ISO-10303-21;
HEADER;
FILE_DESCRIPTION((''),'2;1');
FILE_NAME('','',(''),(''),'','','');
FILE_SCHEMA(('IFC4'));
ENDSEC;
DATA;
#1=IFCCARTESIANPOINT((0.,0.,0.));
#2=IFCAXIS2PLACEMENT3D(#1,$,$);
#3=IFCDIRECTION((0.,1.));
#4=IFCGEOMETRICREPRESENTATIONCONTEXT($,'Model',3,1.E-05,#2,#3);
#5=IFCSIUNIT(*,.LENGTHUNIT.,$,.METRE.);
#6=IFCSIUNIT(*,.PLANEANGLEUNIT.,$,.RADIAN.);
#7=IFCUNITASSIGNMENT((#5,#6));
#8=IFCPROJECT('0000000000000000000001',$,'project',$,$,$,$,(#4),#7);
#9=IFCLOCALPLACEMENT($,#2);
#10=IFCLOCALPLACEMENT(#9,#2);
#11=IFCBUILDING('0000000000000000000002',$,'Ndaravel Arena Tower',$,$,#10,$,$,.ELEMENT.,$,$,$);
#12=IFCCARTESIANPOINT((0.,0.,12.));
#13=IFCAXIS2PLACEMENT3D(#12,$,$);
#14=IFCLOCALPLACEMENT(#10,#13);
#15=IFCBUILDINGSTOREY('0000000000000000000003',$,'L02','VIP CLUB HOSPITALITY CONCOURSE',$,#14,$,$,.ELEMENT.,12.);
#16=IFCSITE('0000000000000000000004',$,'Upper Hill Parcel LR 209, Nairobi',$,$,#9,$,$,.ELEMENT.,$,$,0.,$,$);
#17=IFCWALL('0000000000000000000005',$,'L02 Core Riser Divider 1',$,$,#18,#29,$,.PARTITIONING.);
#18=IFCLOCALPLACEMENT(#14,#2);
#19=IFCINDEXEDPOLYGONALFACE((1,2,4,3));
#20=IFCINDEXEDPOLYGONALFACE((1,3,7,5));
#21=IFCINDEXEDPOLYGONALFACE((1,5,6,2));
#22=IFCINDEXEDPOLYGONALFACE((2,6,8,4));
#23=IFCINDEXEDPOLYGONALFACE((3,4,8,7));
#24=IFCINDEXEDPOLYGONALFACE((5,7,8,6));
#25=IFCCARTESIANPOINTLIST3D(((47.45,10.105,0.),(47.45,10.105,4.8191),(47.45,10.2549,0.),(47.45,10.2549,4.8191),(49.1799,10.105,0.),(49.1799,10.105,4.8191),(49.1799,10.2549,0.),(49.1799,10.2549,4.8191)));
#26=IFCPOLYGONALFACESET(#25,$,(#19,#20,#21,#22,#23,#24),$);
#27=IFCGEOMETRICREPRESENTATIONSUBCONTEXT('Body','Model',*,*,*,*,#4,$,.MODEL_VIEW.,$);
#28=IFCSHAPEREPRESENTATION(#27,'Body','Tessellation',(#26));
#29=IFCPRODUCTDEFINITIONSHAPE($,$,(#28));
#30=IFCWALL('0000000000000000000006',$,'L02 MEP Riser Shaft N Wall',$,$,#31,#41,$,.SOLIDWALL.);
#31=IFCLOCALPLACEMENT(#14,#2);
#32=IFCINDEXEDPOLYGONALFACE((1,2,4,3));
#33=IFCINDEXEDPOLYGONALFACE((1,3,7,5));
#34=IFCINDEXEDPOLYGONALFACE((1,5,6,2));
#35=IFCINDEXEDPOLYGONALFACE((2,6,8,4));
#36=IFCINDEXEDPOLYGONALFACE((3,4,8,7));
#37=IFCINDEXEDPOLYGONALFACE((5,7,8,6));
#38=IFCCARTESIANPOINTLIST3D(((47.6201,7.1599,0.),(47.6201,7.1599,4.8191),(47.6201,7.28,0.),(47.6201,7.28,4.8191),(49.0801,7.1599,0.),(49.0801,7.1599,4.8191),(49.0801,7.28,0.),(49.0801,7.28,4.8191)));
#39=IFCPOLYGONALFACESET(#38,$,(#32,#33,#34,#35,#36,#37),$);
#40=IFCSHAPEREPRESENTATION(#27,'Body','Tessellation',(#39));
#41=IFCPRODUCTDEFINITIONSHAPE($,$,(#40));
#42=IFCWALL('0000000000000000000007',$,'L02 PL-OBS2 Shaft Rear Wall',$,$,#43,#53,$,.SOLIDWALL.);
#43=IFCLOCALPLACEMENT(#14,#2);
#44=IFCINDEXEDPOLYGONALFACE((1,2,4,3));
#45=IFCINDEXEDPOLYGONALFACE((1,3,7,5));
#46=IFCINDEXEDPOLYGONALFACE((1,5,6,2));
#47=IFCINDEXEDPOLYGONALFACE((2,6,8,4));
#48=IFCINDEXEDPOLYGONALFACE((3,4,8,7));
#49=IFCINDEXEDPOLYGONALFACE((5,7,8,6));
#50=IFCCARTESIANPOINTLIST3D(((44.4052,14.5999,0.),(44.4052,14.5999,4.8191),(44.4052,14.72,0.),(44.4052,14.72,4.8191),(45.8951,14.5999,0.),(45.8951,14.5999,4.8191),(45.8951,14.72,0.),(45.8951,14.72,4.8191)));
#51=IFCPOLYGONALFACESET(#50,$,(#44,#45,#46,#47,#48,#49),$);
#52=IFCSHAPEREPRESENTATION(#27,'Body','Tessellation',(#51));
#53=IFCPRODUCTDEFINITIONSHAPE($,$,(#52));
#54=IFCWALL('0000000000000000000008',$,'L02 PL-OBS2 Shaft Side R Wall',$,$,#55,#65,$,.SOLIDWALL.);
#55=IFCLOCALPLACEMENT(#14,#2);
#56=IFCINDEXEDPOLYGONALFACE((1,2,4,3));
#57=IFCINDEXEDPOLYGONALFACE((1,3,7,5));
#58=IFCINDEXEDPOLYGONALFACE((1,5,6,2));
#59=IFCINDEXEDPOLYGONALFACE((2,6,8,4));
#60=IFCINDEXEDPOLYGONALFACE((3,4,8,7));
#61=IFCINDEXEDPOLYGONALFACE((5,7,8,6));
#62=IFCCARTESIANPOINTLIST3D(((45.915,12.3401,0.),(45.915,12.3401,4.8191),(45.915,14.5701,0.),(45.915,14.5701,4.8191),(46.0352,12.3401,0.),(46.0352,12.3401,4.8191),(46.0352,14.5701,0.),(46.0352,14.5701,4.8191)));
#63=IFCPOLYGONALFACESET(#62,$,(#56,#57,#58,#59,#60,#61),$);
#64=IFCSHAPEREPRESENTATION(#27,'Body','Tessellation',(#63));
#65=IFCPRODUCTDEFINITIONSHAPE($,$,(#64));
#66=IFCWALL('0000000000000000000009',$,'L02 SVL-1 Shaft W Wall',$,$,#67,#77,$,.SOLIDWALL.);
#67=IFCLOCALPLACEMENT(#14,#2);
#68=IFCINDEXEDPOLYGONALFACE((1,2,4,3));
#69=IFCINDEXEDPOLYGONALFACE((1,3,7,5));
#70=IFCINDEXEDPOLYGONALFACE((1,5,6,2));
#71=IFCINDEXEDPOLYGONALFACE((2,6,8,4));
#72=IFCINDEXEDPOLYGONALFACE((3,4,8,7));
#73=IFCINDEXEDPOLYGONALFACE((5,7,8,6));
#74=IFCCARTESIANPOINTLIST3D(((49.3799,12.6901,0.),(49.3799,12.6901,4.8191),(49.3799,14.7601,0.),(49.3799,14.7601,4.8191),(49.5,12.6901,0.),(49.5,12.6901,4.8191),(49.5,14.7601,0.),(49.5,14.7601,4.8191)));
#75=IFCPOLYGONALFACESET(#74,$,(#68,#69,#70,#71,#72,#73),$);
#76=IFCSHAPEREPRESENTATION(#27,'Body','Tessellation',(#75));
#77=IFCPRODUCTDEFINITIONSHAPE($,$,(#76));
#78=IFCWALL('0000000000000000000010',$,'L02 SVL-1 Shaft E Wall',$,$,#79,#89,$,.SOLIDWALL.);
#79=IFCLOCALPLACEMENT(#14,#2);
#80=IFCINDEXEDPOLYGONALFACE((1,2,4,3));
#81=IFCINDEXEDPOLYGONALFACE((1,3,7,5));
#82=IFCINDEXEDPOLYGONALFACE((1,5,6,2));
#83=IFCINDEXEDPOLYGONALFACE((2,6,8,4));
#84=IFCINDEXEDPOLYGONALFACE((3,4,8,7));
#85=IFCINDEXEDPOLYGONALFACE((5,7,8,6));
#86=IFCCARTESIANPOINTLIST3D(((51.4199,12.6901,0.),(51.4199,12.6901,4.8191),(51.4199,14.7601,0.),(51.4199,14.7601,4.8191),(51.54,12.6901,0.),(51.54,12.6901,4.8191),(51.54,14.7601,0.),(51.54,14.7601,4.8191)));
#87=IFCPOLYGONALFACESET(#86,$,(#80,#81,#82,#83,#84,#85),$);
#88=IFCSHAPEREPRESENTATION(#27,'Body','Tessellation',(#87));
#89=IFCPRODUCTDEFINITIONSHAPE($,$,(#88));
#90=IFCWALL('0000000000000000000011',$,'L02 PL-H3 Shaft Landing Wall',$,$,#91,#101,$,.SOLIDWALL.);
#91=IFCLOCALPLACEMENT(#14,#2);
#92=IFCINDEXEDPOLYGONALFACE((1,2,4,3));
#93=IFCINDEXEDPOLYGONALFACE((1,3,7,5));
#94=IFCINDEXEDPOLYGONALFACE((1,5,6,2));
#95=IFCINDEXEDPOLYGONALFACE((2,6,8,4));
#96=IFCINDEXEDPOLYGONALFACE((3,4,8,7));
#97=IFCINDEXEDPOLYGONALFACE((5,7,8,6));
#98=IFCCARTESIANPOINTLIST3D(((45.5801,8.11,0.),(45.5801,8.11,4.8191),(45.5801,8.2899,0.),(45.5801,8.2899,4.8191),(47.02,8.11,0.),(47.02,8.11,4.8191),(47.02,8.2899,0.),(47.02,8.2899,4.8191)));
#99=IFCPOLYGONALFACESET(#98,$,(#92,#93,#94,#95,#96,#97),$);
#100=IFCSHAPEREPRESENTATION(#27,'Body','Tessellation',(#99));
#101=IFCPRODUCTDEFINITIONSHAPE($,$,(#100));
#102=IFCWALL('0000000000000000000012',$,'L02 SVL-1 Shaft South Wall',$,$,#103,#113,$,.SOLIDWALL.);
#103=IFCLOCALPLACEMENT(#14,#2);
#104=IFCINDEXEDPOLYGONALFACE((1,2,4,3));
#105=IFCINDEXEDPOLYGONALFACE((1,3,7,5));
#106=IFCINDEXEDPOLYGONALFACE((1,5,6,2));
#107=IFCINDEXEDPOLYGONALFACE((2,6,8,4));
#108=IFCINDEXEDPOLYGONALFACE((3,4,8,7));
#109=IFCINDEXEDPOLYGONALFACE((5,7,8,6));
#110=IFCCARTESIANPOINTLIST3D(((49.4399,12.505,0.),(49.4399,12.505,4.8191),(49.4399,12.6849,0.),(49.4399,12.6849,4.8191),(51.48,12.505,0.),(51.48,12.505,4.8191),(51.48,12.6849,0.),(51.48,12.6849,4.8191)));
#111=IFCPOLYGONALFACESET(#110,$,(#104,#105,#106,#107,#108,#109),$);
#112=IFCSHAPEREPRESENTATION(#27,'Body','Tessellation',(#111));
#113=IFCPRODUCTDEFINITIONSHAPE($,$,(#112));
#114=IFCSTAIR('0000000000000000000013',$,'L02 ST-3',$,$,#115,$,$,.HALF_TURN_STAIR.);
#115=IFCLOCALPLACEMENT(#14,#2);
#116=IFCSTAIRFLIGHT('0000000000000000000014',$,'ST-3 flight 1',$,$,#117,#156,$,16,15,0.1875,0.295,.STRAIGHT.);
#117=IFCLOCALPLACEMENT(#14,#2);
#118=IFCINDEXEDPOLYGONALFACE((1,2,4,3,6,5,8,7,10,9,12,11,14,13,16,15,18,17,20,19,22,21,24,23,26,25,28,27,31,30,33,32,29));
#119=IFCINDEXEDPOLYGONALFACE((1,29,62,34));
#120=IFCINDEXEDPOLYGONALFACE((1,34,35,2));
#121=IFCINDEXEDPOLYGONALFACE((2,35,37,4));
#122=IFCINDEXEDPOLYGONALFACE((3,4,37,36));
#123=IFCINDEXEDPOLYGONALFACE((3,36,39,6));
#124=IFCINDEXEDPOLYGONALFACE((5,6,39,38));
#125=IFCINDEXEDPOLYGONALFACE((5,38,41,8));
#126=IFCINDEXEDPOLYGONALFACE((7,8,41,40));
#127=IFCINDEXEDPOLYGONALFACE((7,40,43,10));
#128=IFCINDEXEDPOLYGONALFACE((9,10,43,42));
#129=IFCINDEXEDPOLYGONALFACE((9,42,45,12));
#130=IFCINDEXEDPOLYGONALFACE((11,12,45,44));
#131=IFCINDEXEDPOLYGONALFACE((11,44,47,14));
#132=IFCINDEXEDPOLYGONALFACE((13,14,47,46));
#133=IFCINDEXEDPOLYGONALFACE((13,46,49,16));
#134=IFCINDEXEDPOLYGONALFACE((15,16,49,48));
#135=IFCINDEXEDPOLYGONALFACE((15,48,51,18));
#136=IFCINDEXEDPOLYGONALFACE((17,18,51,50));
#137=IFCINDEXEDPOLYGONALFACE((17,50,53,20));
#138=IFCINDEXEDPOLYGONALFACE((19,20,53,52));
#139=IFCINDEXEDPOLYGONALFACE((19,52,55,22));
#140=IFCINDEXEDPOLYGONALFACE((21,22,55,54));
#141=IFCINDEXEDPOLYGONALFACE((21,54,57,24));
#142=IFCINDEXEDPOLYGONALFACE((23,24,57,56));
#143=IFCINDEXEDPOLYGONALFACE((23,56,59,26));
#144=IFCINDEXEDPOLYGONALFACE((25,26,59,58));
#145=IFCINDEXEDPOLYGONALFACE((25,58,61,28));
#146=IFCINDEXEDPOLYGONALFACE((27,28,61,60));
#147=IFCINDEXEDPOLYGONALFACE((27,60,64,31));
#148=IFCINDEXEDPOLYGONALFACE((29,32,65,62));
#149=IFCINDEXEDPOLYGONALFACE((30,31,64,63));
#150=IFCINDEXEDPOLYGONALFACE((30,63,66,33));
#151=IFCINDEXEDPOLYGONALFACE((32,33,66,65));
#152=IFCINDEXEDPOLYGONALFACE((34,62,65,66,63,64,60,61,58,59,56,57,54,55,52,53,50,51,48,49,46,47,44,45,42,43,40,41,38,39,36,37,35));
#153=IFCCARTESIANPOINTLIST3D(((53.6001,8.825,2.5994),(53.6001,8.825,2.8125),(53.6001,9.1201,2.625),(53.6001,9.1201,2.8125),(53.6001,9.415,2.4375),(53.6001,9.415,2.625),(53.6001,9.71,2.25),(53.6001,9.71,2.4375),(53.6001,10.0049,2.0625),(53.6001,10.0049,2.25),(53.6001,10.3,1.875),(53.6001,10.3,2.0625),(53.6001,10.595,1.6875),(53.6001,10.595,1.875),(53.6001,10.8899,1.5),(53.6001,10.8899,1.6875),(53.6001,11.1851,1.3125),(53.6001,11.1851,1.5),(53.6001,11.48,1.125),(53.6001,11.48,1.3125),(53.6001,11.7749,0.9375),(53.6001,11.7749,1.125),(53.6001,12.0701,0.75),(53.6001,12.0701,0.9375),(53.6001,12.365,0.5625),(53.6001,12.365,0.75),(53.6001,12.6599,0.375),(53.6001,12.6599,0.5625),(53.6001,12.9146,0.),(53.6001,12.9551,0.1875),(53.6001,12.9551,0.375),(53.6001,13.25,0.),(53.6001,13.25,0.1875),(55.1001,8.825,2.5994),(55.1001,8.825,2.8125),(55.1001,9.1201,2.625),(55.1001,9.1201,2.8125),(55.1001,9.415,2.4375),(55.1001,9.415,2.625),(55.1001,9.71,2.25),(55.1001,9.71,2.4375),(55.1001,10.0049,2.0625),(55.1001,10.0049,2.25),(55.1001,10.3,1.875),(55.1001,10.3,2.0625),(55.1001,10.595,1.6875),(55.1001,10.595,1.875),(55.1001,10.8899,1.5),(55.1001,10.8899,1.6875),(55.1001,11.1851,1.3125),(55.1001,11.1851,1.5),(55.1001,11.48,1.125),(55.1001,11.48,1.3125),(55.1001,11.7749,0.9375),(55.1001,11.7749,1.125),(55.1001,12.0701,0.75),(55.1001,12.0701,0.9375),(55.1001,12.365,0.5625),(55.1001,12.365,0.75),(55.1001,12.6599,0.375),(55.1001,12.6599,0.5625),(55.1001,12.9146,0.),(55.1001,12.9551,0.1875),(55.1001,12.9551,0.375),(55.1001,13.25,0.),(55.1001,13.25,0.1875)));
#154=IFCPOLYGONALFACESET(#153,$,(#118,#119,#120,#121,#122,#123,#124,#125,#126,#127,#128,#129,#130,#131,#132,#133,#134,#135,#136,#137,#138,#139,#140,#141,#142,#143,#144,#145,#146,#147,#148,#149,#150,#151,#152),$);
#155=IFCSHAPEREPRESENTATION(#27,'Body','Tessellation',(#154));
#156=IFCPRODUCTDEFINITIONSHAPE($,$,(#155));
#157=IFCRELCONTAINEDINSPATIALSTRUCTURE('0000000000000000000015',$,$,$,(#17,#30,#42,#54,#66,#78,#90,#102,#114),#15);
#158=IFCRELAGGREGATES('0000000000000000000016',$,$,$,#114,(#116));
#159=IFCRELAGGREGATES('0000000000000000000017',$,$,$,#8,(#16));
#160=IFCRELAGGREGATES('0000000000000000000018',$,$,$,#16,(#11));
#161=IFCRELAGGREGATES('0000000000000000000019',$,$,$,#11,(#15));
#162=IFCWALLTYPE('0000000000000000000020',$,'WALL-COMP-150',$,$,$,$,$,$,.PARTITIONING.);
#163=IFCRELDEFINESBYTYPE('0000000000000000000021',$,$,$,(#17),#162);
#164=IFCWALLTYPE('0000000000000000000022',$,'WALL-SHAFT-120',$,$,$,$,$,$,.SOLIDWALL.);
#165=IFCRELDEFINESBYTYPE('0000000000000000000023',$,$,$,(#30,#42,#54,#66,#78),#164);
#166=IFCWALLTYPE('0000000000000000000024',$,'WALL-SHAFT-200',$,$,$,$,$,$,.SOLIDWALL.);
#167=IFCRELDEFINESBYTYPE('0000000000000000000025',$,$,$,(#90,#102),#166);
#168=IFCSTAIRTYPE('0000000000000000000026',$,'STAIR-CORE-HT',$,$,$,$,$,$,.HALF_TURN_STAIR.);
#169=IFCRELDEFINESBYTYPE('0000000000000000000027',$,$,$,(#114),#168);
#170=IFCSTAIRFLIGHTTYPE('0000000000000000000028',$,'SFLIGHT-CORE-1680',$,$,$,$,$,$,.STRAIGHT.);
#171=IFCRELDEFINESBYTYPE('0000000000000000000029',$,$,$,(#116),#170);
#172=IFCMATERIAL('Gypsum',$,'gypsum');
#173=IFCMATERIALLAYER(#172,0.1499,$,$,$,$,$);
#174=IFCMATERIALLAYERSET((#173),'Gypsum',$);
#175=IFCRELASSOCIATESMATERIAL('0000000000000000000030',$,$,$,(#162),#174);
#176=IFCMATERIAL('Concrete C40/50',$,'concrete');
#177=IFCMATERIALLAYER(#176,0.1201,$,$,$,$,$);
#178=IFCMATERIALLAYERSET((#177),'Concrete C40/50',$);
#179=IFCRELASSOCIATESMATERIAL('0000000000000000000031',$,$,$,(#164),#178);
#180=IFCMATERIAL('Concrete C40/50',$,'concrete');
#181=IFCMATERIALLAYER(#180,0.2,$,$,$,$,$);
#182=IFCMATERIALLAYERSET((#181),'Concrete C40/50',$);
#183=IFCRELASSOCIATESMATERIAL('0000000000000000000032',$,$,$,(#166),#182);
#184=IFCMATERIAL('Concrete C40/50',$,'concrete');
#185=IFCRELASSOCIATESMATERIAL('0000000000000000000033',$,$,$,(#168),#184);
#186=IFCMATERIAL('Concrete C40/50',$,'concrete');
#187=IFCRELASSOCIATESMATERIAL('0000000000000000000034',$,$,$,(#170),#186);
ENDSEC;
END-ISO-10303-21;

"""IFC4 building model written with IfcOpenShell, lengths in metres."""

from ifc_helpers import new_model, si_unit, direction, frame, frame_2d, origin, place, context, subcontext, project, spatial, polyline, rectangle, outline, extrude, material, layer, layer_set, type_object, element, aggregate, save


model = new_model("IFC4")

# Units and contexts
model_context = context("Model", 3, precision=1e-05, world=origin(), true_north=direction((0.0, 1.0)))
body_context = subcontext(model_context, "Body", "Model", "MODEL_VIEW")
ifc_project = project(units=[si_unit("LENGTHUNIT", "METRE"), si_unit("PLANEANGLEUNIT", "RADIAN")], contexts=[model_context])

# Site, building, storey
site_placement = place(None, origin())
site = spatial("IfcSite", under=ifc_project, at=site_placement, Name="Upper Hill Parcel LR 209, Nairobi", CompositionType="ELEMENT", RefElevation=0.0)
building_placement = place(site_placement, origin())
building = spatial("IfcBuilding", under=site, at=building_placement, Name="Ndaravel Arena Tower", CompositionType="ELEMENT")
storey_placement = place(building_placement, frame((0.0, 0.0, 12.0)))
storey = spatial("IfcBuildingStorey", under=building, at=storey_placement, Name="L02", Description="VIP CLUB HOSPITALITY CONCOURSE", CompositionType="ELEMENT", Elevation=12.0)

# Walls
ifc_material_1 = material(Name="Gypsum", Category="gypsum")
ifc_layer_1 = layer(ifc_material_1, 0.1499)
ifc_layer_set_1 = layer_set([ifc_layer_1], Name="Gypsum")
wall_type_1 = type_object("IfcWallType", Name="WALL-COMP-150", PredefinedType="PARTITIONING", material=ifc_layer_set_1)
wall_1_placement = place(storey_placement, frame((47.45, 10.1799, 0.0), z_axis=(0.0, 0.0, 1.0), x_axis=(1.0, 0.0, 0.0)))
element("IfcWall", 1, at=wall_1_placement, inside=storey, type_object=wall_type_1, Name="L02 Core Riser Divider 1", PredefinedType="PARTITIONING", context=body_context, shape_type="SweptSolid", body=[
    extrude(rectangle(XDim=1.73, YDim=0.1499, at=frame_2d((0.865, 0.0))), origin(), (0.0, 0.0, 1.0), 4.8191),
])
ifc_material_2 = material(Name="Concrete C40/50", Category="concrete")
ifc_layer_2 = layer(ifc_material_2, 0.1201)
ifc_layer_set_2 = layer_set([ifc_layer_2], Name="Concrete C40/50")
wall_type_2 = type_object("IfcWallType", Name="WALL-SHAFT-120", PredefinedType="SOLIDWALL", material=ifc_layer_set_2)
wall_2_placement = place(storey_placement, frame((47.6201, 7.22, 0.0), z_axis=(0.0, 0.0, 1.0), x_axis=(1.0, 0.0, 0.0)))
element("IfcWall", 2, at=wall_2_placement, inside=storey, type_object=wall_type_2, Name="L02 MEP Riser Shaft N Wall", PredefinedType="SOLIDWALL", context=body_context, shape_type="SweptSolid", body=[
    extrude(rectangle(XDim=1.46, YDim=0.1201, at=frame_2d((0.73, 0.0))), origin(), (0.0, 0.0, 1.0), 4.8191),
])
wall_3_placement = place(storey_placement, frame((44.405, 14.6599, 0.0), z_axis=(0.0, 0.0, 1.0), x_axis=(1.0, 0.0, 0.0)))
element("IfcWall", 3, at=wall_3_placement, inside=storey, type_object=wall_type_2, Name="L02 PL-OBS2 Shaft Rear Wall", PredefinedType="SOLIDWALL", context=body_context, shape_type="SweptSolid", body=[
    extrude(rectangle(XDim=1.49, YDim=0.1201, at=frame_2d((0.7451, 0.0))), origin(), (0.0, 0.0, 1.0), 4.8191),
])
wall_4_placement = place(storey_placement, frame((45.9751, 12.3401, 0.0), z_axis=(0.0, 0.0, 1.0), x_axis=(0.0, 1.0, 0.0)))
element("IfcWall", 4, at=wall_4_placement, inside=storey, type_object=wall_type_2, Name="L02 PL-OBS2 Shaft Side R Wall", PredefinedType="SOLIDWALL", context=body_context, shape_type="SweptSolid", body=[
    extrude(rectangle(XDim=2.23, YDim=0.1201, at=frame_2d((1.115, 0.0))), origin(), (0.0, 0.0, 1.0), 4.8191),
])
for number, where, z_axis, x_axis, name in (
    (5, (49.4399, 12.6899, 0.0), (0.0, 0.0, 1.0), (0.0, 1.0, 0.0), "L02 SVL-1 Shaft W Wall"),
    (6, (51.48, 12.6899, 0.0), (0.0, 0.0, 1.0), (0.0, 1.0, 0.0), "L02 SVL-1 Shaft E Wall"),
):
    element("IfcWall", number, at=place(storey_placement, frame(where, z_axis=z_axis, x_axis=x_axis)), inside=storey, type_object=wall_type_2, Name=name, PredefinedType="SOLIDWALL", context=body_context, shape_type="SweptSolid", body=[
        extrude(rectangle(XDim=2.0701, YDim=0.1201, at=frame_2d((1.0352, 0.0))), origin(), (0.0, 0.0, 1.0), 4.8191),
    ])
ifc_material_3 = material(Name="Concrete C40/50", Category="concrete")
ifc_layer_3 = layer(ifc_material_3, 0.2)
ifc_layer_set_3 = layer_set([ifc_layer_3], Name="Concrete C40/50")
wall_type_3 = type_object("IfcWallType", Name="WALL-SHAFT-200", PredefinedType="SOLIDWALL", material=ifc_layer_set_3)
wall_5_placement = place(storey_placement, frame((45.5801, 8.2, 0.0), z_axis=(0.0, 0.0, 1.0), x_axis=(1.0, 0.0, 0.0)))
element("IfcWall", 7, at=wall_5_placement, inside=storey, type_object=wall_type_3, Name="L02 PL-H3 Shaft Landing Wall", PredefinedType="SOLIDWALL", context=body_context, shape_type="SweptSolid", body=[
    extrude(rectangle(XDim=1.4399, YDim=0.1799, at=frame_2d((0.72, 0.0))), origin(), (0.0, 0.0, 1.0), 4.8191),
])

# Wall
wall_6_placement = place(storey_placement, frame((49.4399, 12.595, 0.0), z_axis=(0.0, 0.0, 1.0), x_axis=(1.0, 0.0, 0.0)))
element("IfcWall", 8, at=wall_6_placement, inside=storey, type_object=wall_type_3, Name="L02 SVL-1 Shaft South Wall", PredefinedType="SOLIDWALL", context=body_context, shape_type="SweptSolid", body=[
    extrude(rectangle(XDim=2.04, YDim=0.1799, at=frame_2d((1.02, 0.0))), origin(), (0.0, 0.0, 1.0), 4.8191),
])

# Stair, stair flight
ifc_material_4 = material(Name="Concrete C40/50", Category="concrete")
stair_type = type_object("IfcStairType", Name="STAIR-CORE-HT", PredefinedType="HALF_TURN_STAIR", material=ifc_material_4)
stair_placement = place(storey_placement, origin())
stair = element("IfcStair", 9, at=stair_placement, inside=storey, type_object=stair_type, Name="L02 ST-3", PredefinedType="HALF_TURN_STAIR")
ifc_material_5 = material(Name="Concrete C40/50", Category="concrete")
stair_flight_type = type_object("IfcStairFlightType", Name="SFLIGHT-CORE-1680", PredefinedType="STRAIGHT", material=ifc_material_5)
stair_flight_1_placement = place(storey_placement, frame((54.3501, 13.25, 0.0), z_axis=(0.0, 0.0, 1.0), x_axis=(0.0, -1.0, 0.0)))
stair_flight_1 = element("IfcStairFlight", 10, at=stair_flight_1_placement, type_object=stair_flight_type, Name="ST-3 flight 1", NumberOfRisers=16, NumberOfTreads=15, PredefinedType="STRAIGHT", RiserHeight=0.1875, TreadLength=0.295, context=body_context, shape_type="SweptSolid", body=[
    extrude(outline(polyline([(0.0, 0.0), (0.0, 0.1875), (0.2949, 0.1875), (0.2949, 0.375), (0.5901, 0.375), (0.5901, 0.5625), (0.885, 0.5625), (0.885, 0.75), (1.1799, 0.75), (1.1799, 0.9375), (1.4751, 0.9375), (1.4751, 1.125), (1.77, 1.125), (1.77, 1.3125), (2.0649, 1.3125), (2.0649, 1.5), (2.3601, 1.5), (2.3601, 1.6875), (2.655, 1.6875), (2.655, 1.875), (2.95, 1.875), (2.95, 2.0625), (3.2451, 2.0625), (3.2451, 2.25), (3.54, 2.25), (3.54, 2.4375), (3.835, 2.4375), (3.835, 2.625), (4.1299, 2.625), (4.1299, 2.8125), (4.425, 2.8125), (4.425, 3.0), (4.425, 2.5994), (0.3354, 0.0), (0.0, 0.0)])), frame((0.0, 0.75, 0.0), z_axis=(0.0, -1.0, 0.0), x_axis=(1.0, 0.0, 0.0)), (0.0, 0.0, 1.0), 1.5),
])
aggregate(stair, [stair_flight_1])

save(model, "model.ifc")
